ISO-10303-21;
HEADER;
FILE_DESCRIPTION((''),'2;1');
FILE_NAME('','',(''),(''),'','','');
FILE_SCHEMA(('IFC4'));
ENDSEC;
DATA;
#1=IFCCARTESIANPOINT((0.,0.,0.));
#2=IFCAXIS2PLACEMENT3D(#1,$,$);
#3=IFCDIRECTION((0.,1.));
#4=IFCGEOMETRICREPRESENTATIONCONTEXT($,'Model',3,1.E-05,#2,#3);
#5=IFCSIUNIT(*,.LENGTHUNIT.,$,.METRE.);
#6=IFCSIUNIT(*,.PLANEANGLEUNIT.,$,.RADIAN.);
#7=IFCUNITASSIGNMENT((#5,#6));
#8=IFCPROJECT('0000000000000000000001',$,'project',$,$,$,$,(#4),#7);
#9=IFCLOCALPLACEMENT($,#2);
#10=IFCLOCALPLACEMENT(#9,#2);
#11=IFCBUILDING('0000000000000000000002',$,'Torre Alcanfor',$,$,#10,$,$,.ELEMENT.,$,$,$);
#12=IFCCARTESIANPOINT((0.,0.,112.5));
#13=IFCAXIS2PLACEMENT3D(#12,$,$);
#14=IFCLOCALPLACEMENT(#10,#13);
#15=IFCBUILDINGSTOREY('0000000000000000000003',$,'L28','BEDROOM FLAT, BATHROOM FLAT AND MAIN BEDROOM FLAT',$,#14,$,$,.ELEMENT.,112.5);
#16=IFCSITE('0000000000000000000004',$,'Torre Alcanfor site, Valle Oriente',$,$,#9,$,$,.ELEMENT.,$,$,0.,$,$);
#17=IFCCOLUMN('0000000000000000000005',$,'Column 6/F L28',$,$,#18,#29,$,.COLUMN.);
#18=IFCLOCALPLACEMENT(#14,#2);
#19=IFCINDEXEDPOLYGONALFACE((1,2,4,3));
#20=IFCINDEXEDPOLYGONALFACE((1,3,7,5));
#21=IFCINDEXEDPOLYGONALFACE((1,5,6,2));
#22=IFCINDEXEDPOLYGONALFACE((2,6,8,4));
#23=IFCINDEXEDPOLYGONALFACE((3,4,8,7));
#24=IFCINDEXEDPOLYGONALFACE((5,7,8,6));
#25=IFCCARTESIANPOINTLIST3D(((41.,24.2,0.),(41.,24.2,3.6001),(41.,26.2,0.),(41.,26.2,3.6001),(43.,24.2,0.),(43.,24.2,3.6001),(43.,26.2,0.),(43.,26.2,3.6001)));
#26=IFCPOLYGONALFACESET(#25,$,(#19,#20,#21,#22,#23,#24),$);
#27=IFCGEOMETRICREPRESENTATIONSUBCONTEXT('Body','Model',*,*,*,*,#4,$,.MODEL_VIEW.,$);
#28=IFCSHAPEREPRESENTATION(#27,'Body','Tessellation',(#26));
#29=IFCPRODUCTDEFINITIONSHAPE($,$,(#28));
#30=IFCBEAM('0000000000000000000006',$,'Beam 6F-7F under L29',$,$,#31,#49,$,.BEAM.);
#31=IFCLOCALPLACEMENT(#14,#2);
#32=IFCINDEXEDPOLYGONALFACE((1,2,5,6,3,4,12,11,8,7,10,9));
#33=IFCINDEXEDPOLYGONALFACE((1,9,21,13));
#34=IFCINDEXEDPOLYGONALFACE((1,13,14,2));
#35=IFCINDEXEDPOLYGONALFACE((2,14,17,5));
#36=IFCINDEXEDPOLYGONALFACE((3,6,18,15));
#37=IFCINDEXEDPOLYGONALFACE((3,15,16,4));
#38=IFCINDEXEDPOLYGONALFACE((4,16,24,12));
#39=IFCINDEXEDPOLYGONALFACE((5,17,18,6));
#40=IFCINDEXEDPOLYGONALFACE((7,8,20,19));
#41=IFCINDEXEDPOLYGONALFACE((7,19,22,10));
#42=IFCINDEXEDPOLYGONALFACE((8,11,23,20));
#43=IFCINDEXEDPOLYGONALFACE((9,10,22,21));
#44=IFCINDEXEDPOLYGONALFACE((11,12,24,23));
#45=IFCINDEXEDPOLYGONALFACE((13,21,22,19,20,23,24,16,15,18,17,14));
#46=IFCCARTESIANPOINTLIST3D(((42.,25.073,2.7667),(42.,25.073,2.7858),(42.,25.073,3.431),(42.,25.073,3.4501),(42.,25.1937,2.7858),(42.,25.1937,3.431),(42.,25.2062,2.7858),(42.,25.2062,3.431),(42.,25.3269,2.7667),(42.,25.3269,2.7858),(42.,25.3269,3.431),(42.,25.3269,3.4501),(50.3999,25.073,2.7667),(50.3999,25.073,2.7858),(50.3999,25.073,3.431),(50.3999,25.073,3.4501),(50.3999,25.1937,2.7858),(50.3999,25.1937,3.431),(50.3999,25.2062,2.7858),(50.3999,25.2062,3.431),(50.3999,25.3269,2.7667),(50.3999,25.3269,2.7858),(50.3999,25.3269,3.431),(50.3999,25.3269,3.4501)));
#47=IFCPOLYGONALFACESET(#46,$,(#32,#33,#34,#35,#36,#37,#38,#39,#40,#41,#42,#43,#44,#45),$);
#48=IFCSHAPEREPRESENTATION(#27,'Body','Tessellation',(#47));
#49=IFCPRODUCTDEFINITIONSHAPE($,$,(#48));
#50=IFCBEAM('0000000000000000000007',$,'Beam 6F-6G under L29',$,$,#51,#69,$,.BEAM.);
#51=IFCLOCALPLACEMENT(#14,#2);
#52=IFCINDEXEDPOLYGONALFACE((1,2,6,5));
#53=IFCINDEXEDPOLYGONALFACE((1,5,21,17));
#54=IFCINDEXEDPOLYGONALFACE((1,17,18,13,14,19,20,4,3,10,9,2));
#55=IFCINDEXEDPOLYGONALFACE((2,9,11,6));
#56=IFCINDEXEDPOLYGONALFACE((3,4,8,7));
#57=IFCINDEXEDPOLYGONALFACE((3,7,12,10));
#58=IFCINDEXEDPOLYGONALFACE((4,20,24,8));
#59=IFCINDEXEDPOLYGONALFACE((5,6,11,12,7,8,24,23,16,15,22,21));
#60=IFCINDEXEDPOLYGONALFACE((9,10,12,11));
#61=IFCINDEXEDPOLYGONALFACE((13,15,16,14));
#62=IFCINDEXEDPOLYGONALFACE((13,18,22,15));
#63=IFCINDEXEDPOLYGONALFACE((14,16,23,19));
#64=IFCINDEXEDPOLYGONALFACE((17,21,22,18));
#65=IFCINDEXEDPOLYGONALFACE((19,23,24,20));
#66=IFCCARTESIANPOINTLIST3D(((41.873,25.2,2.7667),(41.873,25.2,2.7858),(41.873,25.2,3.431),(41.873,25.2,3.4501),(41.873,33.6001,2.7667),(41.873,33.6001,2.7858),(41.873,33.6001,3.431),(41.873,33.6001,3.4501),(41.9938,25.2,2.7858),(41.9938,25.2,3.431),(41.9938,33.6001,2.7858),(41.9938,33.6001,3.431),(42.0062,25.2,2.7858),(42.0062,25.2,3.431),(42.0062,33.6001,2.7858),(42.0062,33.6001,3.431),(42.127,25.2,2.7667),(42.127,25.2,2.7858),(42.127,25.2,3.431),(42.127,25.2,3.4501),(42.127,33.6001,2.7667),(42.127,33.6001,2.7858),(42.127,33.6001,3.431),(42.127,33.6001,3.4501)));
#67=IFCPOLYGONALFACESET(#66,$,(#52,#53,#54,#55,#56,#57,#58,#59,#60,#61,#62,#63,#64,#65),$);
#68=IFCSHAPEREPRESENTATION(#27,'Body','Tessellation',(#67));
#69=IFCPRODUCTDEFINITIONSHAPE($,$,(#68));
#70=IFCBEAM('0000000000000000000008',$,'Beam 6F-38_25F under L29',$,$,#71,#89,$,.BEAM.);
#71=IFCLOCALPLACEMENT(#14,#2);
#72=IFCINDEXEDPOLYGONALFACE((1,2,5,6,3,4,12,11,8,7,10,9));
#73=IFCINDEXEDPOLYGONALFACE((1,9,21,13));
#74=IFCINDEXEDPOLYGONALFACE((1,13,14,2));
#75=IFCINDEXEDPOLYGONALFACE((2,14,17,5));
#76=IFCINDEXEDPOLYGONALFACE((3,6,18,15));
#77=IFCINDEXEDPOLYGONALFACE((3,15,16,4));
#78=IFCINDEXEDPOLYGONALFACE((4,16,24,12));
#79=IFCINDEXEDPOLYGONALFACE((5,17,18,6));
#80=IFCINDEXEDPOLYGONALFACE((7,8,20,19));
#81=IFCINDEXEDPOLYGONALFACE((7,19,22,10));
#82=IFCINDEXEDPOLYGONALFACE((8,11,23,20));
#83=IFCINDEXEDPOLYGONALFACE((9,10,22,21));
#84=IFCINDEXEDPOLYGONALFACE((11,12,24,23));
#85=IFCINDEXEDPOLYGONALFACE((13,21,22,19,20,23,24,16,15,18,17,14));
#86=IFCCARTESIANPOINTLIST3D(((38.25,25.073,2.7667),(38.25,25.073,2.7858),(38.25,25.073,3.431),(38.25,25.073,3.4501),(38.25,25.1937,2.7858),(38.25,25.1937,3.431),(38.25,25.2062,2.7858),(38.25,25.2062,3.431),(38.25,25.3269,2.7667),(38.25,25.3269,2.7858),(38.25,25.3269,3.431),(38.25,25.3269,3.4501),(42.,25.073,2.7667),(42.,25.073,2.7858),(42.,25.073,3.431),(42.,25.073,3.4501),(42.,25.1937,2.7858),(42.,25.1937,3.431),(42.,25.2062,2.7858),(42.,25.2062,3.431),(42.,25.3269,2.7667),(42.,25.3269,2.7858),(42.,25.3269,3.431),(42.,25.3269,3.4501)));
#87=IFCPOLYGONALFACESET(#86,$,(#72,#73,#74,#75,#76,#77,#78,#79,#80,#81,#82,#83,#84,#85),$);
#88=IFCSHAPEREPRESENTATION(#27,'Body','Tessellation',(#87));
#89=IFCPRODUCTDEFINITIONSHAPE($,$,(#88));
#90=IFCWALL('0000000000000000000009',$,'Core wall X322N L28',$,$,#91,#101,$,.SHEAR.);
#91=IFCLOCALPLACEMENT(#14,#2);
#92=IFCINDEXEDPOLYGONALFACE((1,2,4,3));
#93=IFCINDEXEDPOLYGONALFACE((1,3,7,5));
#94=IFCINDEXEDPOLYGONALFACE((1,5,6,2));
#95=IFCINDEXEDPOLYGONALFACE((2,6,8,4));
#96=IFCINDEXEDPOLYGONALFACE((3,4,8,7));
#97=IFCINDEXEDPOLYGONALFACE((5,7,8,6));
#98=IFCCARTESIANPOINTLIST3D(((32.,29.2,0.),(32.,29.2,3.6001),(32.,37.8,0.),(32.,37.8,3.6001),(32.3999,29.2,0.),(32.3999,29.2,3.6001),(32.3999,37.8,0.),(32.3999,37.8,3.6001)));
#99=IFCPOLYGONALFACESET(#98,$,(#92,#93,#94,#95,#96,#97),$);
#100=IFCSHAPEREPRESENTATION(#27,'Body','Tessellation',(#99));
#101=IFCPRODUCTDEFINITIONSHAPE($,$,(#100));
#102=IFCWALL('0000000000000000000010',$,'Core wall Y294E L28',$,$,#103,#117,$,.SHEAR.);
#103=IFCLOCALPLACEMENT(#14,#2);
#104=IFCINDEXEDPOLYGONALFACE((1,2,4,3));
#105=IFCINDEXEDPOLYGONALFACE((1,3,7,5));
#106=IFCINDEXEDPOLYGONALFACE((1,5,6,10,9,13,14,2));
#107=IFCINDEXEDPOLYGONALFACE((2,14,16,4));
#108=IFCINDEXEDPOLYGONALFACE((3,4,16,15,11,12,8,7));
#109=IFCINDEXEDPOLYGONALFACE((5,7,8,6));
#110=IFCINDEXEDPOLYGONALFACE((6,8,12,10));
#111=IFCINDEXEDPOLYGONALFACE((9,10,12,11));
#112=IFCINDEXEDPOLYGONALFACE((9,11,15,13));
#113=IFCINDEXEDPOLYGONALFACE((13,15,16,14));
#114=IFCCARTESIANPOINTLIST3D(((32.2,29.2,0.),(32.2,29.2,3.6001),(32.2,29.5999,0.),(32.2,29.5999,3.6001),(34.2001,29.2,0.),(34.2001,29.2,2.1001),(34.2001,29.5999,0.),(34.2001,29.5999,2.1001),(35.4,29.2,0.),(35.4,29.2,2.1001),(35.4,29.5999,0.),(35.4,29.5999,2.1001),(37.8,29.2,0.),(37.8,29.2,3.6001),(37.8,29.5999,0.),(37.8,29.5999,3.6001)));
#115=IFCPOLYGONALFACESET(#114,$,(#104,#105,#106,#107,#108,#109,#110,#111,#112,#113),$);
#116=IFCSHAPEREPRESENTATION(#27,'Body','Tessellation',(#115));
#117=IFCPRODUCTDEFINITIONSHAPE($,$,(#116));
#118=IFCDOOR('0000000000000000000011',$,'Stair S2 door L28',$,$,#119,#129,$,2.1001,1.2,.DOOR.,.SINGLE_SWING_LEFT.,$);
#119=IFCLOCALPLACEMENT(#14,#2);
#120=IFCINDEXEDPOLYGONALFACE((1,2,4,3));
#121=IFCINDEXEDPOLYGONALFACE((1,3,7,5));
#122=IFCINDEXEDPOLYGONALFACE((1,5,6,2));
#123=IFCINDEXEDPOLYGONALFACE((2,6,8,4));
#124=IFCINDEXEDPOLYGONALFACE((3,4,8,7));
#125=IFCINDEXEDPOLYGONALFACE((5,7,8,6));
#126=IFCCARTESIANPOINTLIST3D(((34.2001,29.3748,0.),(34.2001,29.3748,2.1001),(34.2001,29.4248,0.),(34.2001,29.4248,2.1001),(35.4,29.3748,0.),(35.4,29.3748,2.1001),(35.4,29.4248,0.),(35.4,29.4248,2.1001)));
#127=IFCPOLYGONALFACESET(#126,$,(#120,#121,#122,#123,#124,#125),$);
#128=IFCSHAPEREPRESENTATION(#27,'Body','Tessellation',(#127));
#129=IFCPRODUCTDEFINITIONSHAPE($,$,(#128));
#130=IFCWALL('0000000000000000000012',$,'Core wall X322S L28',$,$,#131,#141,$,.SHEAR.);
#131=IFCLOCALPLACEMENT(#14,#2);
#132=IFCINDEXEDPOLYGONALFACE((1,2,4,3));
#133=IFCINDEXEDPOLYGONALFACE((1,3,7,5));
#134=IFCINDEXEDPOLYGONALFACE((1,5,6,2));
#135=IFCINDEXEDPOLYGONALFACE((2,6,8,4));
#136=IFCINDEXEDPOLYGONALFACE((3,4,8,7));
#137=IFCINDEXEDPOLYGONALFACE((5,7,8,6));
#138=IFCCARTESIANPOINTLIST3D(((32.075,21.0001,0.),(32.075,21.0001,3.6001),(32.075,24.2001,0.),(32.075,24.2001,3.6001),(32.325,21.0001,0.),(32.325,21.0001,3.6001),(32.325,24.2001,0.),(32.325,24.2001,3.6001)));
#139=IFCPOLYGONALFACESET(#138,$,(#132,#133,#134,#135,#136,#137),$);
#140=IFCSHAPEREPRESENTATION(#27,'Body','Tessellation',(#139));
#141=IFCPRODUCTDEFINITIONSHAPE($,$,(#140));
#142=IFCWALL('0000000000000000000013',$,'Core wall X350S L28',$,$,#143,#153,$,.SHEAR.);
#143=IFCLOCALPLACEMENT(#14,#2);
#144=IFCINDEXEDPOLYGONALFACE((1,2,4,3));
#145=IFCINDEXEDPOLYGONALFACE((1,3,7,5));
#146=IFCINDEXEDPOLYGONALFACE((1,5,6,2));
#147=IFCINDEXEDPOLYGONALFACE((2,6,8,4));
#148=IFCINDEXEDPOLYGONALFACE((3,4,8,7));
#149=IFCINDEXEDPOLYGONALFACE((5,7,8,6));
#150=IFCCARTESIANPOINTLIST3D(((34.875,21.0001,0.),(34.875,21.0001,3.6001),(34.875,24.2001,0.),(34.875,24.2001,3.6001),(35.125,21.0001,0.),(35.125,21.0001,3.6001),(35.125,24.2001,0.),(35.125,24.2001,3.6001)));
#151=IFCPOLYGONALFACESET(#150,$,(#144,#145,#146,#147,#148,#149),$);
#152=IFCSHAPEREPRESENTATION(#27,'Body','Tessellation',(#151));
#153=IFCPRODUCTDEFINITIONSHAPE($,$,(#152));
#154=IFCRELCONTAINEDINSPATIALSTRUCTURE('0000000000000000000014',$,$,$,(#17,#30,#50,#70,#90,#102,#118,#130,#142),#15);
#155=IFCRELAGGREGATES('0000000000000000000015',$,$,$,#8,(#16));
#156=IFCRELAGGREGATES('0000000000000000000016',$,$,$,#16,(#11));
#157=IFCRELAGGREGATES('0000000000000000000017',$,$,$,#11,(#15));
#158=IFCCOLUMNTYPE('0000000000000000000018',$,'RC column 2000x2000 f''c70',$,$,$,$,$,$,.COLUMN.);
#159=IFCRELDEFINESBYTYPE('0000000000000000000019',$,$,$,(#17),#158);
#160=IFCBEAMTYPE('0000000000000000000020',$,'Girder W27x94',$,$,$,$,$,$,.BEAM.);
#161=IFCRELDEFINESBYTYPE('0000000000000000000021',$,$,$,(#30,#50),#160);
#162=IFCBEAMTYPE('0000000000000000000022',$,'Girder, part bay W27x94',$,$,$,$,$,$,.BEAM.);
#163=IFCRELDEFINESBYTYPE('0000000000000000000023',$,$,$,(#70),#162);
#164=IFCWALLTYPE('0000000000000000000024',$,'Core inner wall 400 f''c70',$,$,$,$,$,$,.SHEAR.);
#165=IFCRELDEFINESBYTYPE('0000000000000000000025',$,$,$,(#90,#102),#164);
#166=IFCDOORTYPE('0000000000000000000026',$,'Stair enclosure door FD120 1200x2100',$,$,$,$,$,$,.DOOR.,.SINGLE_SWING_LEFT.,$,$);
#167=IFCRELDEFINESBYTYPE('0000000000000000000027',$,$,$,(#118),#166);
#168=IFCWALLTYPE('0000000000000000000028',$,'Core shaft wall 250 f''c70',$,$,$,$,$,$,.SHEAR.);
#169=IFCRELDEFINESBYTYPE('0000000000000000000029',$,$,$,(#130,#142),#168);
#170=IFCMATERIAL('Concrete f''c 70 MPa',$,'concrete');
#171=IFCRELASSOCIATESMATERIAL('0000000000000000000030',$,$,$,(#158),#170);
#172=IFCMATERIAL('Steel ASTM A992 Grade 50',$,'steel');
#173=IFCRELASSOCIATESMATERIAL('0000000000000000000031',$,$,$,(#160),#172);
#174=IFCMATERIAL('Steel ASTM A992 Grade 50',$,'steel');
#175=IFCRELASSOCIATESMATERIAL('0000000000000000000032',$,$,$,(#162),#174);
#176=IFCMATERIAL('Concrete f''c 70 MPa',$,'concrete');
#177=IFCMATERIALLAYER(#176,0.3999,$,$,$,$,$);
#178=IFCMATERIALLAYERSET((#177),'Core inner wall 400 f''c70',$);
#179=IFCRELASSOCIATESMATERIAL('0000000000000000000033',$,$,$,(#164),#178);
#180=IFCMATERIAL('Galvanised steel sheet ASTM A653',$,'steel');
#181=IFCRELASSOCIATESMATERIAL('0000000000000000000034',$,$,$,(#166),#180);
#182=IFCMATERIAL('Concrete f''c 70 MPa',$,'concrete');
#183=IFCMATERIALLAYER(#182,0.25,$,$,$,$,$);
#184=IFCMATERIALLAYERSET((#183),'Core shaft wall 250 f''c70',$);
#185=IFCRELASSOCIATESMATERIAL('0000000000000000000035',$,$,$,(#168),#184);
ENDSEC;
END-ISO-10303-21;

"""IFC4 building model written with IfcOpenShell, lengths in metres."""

from ifc_helpers import new_model, si_unit, direction, frame, frame_2d, origin, origin_2d, place, context, subcontext, project, spatial, rectangle, i_section, extrude, material, layer, layer_set, material_profile, profile_set, type_object, element, fill, save


model = new_model("IFC4")

# Units and contexts
model_context = context("Model", 3, precision=1e-05, world=origin(), true_north=direction((0.0, 1.0)))
body_context = subcontext(model_context, "Body", "Model", "MODEL_VIEW")
ifc_project = project(units=[si_unit("LENGTHUNIT", "METRE"), si_unit("PLANEANGLEUNIT", "RADIAN")], contexts=[model_context])

# Site, building, storey
site_placement = place(None, origin())
site = spatial("IfcSite", under=ifc_project, at=site_placement, Name="Torre Alcanfor site, Valle Oriente", CompositionType="ELEMENT", RefElevation=0.0)
building_placement = place(site_placement, origin())
building = spatial("IfcBuilding", under=site, at=building_placement, Name="Torre Alcanfor", CompositionType="ELEMENT")
storey_placement = place(building_placement, frame((0.0, 0.0, 112.5)))
storey = spatial("IfcBuildingStorey", under=building, at=storey_placement, Name="L28", Description="BEDROOM FLAT, BATHROOM FLAT AND MAIN BEDROOM FLAT", CompositionType="ELEMENT", Elevation=112.5)

# Column
ifc_material_1 = material(Name="Concrete f'c 70 MPa", Category="concrete")
ifc_material_profile_1 = material_profile(ifc_material_1, rectangle(XDim=2.0, YDim=2.0, at=origin_2d()), Name="2000x2000")
ifc_profile_set_1 = profile_set([ifc_material_profile_1], Name="Concrete f'c 70 MPa")
column_type = type_object("IfcColumnType", Name="RC column 2000x2000 f'c70", PredefinedType="COLUMN", material=ifc_profile_set_1)
column_placement = place(storey_placement, frame((42.0, 25.2, 0.0), z_axis=(0.0, 0.0, 1.0), x_axis=(1.0, 0.0, 0.0)))
element("IfcColumn", 1, at=column_placement, inside=storey, type_object=column_type, Name="Column 6/F L28", PredefinedType="COLUMN", context=body_context, shape_type="SweptSolid", body=[
    extrude(rectangle(XDim=2.0, YDim=2.0, at=origin_2d()), origin(), (0.0, 0.0, 1.0), 3.6001),
])

# Beams
ifc_material_2 = material(Name="Steel ASTM A992 Grade 50", Category="steel")
ifc_material_profile_2 = material_profile(ifc_material_2, i_section(OverallWidth=0.2539, OverallDepth=0.6833, WebThickness=0.0125, FlangeThickness=0.019, at=origin_2d()), Name="W27x94")
ifc_profile_set_2 = profile_set([ifc_material_profile_2], Name="Steel ASTM A992 Grade 50")
beam_type_1 = type_object("IfcBeamType", Name="Girder W27x94", PredefinedType="BEAM", material=ifc_profile_set_2)
beam_1_placement = place(storey_placement, frame((42.0, 25.2, 3.1084), z_axis=(1.0, 0.0, 0.0), x_axis=(0.0, 1.0, 0.0)))
element("IfcBeam", 2, at=beam_1_placement, inside=storey, type_object=beam_type_1, Name="Beam 6F-7F under L29", PredefinedType="BEAM", context=body_context, shape_type="SweptSolid", body=[
    extrude(i_section(OverallWidth=0.2539, OverallDepth=0.6833, WebThickness=0.0125, FlangeThickness=0.019, at=origin_2d()), origin(), (0.0, 0.0, 1.0), 8.3999),
])
beam_2_placement = place(storey_placement, frame((42.0, 25.2, 3.1084), z_axis=(0.0, 1.0, 0.0), x_axis=(-1.0, 0.0, 0.0)))
element("IfcBeam", 3, at=beam_2_placement, inside=storey, type_object=beam_type_1, Name="Beam 6F-6G under L29", PredefinedType="BEAM", context=body_context, shape_type="SweptSolid", body=[
    extrude(i_section(OverallWidth=0.2539, OverallDepth=0.6833, WebThickness=0.0125, FlangeThickness=0.019, at=origin_2d()), origin(), (0.0, 0.0, 1.0), 8.4001),
])
ifc_material_3 = material(Name="Steel ASTM A992 Grade 50", Category="steel")
ifc_material_profile_3 = material_profile(ifc_material_3, i_section(OverallWidth=0.2539, OverallDepth=0.6833, WebThickness=0.0125, FlangeThickness=0.019, at=origin_2d()), Name="W27x94")
ifc_profile_set_3 = profile_set([ifc_material_profile_3], Name="Steel ASTM A992 Grade 50")
beam_type_2 = type_object("IfcBeamType", Name="Girder, part bay W27x94", PredefinedType="BEAM", material=ifc_profile_set_3)
beam_3_placement = place(storey_placement, frame((42.0, 25.2, 3.1084), z_axis=(-1.0, 0.0, 0.0), x_axis=(0.0, -1.0, 0.0)))
element("IfcBeam", 4, at=beam_3_placement, inside=storey, type_object=beam_type_2, Name="Beam 6F-38_25F under L29", PredefinedType="BEAM", context=body_context, shape_type="SweptSolid", body=[
    extrude(i_section(OverallWidth=0.2539, OverallDepth=0.6833, WebThickness=0.0125, FlangeThickness=0.019, at=origin_2d()), origin(), (0.0, 0.0, 1.0), 3.75),
])

# Wall
ifc_material_4 = material(Name="Concrete f'c 70 MPa", Category="concrete")
ifc_layer_1 = layer(ifc_material_4, 0.3999)
ifc_layer_set_1 = layer_set([ifc_layer_1], Name="Core inner wall 400 f'c70")
wall_type_1 = type_object("IfcWallType", Name="Core inner wall 400 f'c70", PredefinedType="SHEAR", material=ifc_layer_set_1)
wall_1_placement = place(storey_placement, frame((32.2, 29.2, 0.0), z_axis=(0.0, 0.0, 1.0), x_axis=(0.0, 1.0, 0.0)))
element("IfcWall", 5, at=wall_1_placement, inside=storey, type_object=wall_type_1, Name="Core wall X322N L28", PredefinedType="SHEAR", context=body_context, shape_type="SweptSolid", body=[
    extrude(rectangle(XDim=8.6001, YDim=0.3999, at=frame_2d((4.3, 0.0))), origin(), (0.0, 0.0, 1.0), 3.6001),
])

# Wall, opening, door
wall_2_placement = place(storey_placement, frame((32.2, 29.3999, 0.0), z_axis=(0.0, 0.0, 1.0), x_axis=(1.0, 0.0, 0.0)))
wall_2 = element("IfcWall", 6, at=wall_2_placement, inside=storey, type_object=wall_type_1, Name="Core wall Y294E L28", PredefinedType="SHEAR", context=body_context, shape_type="SweptSolid", body=[
    extrude(rectangle(XDim=5.6001, YDim=0.3999, at=frame_2d((2.8, 0.0))), origin(), (0.0, 0.0, 1.0), 3.6001),
])
opening_1_placement = place(wall_2_placement, frame((2.0, 0.0, 0.0)))
opening_1 = element("IfcOpeningElement", 7, at=opening_1_placement, cuts=wall_2, PredefinedType="OPENING", context=body_context, shape_type="SweptSolid", body=[
    extrude(rectangle(XDim=1.2, YDim=2.1001, at=frame_2d((0.6001, 1.05))), frame((0.0, 0.21, 0.0), z_axis=(0.0, -1.0, 0.0), x_axis=(1.0, 0.0, 0.0)), (0.0, 0.0, 1.0), 0.4199),
])
ifc_material_5 = material(Name="Galvanised steel sheet ASTM A653", Category="steel")
door_type_1 = type_object("IfcDoorType", Name="Stair enclosure door FD120 1200x2100", OperationType="SINGLE_SWING_LEFT", PredefinedType="DOOR", material=ifc_material_5)
door_1_placement = place(opening_1_placement, origin())
door_1 = element("IfcDoor", 8, at=door_1_placement, inside=storey, type_object=door_type_1, Name="Stair S2 door L28", OperationType="SINGLE_SWING_LEFT", OverallHeight=2.1001, OverallWidth=1.2, PredefinedType="DOOR", context=body_context, shape_type="SweptSolid", body=[
    extrude(rectangle(XDim=1.2, YDim=2.1001, at=frame_2d((0.6001, 1.05))), frame((0.0, 0.0249, 0.0), z_axis=(0.0, -1.0, 0.0), x_axis=(1.0, 0.0, 0.0)), (0.0, 0.0, 1.0), 0.05),
])
fill(opening_1, door_1)

# Walls
ifc_material_6 = material(Name="Concrete f'c 70 MPa", Category="concrete")
ifc_layer_2 = layer(ifc_material_6, 0.25)
ifc_layer_set_2 = layer_set([ifc_layer_2], Name="Core shaft wall 250 f'c70")
wall_type_2 = type_object("IfcWallType", Name="Core shaft wall 250 f'c70", PredefinedType="SHEAR", material=ifc_layer_set_2)
for number, where, z_axis, x_axis, name in (
    (9, (32.2, 21.0, 0.0), (0.0, 0.0, 1.0), (0.0, 1.0, 0.0), "Core wall X322S L28"),
    (10, (35.0, 21.0, 0.0), (0.0, 0.0, 1.0), (0.0, 1.0, 0.0), "Core wall X350S L28"),
):
    element("IfcWall", number, at=place(storey_placement, frame(where, z_axis=z_axis, x_axis=x_axis)), inside=storey, type_object=wall_type_2, Name=name, PredefinedType="SHEAR", context=body_context, shape_type="SweptSolid", body=[
        extrude(rectangle(XDim=3.2, YDim=0.25, at=frame_2d((1.6001, 0.0))), origin(), (0.0, 0.0, 1.0), 3.6001),
    ])

save(model, "model.ifc")
